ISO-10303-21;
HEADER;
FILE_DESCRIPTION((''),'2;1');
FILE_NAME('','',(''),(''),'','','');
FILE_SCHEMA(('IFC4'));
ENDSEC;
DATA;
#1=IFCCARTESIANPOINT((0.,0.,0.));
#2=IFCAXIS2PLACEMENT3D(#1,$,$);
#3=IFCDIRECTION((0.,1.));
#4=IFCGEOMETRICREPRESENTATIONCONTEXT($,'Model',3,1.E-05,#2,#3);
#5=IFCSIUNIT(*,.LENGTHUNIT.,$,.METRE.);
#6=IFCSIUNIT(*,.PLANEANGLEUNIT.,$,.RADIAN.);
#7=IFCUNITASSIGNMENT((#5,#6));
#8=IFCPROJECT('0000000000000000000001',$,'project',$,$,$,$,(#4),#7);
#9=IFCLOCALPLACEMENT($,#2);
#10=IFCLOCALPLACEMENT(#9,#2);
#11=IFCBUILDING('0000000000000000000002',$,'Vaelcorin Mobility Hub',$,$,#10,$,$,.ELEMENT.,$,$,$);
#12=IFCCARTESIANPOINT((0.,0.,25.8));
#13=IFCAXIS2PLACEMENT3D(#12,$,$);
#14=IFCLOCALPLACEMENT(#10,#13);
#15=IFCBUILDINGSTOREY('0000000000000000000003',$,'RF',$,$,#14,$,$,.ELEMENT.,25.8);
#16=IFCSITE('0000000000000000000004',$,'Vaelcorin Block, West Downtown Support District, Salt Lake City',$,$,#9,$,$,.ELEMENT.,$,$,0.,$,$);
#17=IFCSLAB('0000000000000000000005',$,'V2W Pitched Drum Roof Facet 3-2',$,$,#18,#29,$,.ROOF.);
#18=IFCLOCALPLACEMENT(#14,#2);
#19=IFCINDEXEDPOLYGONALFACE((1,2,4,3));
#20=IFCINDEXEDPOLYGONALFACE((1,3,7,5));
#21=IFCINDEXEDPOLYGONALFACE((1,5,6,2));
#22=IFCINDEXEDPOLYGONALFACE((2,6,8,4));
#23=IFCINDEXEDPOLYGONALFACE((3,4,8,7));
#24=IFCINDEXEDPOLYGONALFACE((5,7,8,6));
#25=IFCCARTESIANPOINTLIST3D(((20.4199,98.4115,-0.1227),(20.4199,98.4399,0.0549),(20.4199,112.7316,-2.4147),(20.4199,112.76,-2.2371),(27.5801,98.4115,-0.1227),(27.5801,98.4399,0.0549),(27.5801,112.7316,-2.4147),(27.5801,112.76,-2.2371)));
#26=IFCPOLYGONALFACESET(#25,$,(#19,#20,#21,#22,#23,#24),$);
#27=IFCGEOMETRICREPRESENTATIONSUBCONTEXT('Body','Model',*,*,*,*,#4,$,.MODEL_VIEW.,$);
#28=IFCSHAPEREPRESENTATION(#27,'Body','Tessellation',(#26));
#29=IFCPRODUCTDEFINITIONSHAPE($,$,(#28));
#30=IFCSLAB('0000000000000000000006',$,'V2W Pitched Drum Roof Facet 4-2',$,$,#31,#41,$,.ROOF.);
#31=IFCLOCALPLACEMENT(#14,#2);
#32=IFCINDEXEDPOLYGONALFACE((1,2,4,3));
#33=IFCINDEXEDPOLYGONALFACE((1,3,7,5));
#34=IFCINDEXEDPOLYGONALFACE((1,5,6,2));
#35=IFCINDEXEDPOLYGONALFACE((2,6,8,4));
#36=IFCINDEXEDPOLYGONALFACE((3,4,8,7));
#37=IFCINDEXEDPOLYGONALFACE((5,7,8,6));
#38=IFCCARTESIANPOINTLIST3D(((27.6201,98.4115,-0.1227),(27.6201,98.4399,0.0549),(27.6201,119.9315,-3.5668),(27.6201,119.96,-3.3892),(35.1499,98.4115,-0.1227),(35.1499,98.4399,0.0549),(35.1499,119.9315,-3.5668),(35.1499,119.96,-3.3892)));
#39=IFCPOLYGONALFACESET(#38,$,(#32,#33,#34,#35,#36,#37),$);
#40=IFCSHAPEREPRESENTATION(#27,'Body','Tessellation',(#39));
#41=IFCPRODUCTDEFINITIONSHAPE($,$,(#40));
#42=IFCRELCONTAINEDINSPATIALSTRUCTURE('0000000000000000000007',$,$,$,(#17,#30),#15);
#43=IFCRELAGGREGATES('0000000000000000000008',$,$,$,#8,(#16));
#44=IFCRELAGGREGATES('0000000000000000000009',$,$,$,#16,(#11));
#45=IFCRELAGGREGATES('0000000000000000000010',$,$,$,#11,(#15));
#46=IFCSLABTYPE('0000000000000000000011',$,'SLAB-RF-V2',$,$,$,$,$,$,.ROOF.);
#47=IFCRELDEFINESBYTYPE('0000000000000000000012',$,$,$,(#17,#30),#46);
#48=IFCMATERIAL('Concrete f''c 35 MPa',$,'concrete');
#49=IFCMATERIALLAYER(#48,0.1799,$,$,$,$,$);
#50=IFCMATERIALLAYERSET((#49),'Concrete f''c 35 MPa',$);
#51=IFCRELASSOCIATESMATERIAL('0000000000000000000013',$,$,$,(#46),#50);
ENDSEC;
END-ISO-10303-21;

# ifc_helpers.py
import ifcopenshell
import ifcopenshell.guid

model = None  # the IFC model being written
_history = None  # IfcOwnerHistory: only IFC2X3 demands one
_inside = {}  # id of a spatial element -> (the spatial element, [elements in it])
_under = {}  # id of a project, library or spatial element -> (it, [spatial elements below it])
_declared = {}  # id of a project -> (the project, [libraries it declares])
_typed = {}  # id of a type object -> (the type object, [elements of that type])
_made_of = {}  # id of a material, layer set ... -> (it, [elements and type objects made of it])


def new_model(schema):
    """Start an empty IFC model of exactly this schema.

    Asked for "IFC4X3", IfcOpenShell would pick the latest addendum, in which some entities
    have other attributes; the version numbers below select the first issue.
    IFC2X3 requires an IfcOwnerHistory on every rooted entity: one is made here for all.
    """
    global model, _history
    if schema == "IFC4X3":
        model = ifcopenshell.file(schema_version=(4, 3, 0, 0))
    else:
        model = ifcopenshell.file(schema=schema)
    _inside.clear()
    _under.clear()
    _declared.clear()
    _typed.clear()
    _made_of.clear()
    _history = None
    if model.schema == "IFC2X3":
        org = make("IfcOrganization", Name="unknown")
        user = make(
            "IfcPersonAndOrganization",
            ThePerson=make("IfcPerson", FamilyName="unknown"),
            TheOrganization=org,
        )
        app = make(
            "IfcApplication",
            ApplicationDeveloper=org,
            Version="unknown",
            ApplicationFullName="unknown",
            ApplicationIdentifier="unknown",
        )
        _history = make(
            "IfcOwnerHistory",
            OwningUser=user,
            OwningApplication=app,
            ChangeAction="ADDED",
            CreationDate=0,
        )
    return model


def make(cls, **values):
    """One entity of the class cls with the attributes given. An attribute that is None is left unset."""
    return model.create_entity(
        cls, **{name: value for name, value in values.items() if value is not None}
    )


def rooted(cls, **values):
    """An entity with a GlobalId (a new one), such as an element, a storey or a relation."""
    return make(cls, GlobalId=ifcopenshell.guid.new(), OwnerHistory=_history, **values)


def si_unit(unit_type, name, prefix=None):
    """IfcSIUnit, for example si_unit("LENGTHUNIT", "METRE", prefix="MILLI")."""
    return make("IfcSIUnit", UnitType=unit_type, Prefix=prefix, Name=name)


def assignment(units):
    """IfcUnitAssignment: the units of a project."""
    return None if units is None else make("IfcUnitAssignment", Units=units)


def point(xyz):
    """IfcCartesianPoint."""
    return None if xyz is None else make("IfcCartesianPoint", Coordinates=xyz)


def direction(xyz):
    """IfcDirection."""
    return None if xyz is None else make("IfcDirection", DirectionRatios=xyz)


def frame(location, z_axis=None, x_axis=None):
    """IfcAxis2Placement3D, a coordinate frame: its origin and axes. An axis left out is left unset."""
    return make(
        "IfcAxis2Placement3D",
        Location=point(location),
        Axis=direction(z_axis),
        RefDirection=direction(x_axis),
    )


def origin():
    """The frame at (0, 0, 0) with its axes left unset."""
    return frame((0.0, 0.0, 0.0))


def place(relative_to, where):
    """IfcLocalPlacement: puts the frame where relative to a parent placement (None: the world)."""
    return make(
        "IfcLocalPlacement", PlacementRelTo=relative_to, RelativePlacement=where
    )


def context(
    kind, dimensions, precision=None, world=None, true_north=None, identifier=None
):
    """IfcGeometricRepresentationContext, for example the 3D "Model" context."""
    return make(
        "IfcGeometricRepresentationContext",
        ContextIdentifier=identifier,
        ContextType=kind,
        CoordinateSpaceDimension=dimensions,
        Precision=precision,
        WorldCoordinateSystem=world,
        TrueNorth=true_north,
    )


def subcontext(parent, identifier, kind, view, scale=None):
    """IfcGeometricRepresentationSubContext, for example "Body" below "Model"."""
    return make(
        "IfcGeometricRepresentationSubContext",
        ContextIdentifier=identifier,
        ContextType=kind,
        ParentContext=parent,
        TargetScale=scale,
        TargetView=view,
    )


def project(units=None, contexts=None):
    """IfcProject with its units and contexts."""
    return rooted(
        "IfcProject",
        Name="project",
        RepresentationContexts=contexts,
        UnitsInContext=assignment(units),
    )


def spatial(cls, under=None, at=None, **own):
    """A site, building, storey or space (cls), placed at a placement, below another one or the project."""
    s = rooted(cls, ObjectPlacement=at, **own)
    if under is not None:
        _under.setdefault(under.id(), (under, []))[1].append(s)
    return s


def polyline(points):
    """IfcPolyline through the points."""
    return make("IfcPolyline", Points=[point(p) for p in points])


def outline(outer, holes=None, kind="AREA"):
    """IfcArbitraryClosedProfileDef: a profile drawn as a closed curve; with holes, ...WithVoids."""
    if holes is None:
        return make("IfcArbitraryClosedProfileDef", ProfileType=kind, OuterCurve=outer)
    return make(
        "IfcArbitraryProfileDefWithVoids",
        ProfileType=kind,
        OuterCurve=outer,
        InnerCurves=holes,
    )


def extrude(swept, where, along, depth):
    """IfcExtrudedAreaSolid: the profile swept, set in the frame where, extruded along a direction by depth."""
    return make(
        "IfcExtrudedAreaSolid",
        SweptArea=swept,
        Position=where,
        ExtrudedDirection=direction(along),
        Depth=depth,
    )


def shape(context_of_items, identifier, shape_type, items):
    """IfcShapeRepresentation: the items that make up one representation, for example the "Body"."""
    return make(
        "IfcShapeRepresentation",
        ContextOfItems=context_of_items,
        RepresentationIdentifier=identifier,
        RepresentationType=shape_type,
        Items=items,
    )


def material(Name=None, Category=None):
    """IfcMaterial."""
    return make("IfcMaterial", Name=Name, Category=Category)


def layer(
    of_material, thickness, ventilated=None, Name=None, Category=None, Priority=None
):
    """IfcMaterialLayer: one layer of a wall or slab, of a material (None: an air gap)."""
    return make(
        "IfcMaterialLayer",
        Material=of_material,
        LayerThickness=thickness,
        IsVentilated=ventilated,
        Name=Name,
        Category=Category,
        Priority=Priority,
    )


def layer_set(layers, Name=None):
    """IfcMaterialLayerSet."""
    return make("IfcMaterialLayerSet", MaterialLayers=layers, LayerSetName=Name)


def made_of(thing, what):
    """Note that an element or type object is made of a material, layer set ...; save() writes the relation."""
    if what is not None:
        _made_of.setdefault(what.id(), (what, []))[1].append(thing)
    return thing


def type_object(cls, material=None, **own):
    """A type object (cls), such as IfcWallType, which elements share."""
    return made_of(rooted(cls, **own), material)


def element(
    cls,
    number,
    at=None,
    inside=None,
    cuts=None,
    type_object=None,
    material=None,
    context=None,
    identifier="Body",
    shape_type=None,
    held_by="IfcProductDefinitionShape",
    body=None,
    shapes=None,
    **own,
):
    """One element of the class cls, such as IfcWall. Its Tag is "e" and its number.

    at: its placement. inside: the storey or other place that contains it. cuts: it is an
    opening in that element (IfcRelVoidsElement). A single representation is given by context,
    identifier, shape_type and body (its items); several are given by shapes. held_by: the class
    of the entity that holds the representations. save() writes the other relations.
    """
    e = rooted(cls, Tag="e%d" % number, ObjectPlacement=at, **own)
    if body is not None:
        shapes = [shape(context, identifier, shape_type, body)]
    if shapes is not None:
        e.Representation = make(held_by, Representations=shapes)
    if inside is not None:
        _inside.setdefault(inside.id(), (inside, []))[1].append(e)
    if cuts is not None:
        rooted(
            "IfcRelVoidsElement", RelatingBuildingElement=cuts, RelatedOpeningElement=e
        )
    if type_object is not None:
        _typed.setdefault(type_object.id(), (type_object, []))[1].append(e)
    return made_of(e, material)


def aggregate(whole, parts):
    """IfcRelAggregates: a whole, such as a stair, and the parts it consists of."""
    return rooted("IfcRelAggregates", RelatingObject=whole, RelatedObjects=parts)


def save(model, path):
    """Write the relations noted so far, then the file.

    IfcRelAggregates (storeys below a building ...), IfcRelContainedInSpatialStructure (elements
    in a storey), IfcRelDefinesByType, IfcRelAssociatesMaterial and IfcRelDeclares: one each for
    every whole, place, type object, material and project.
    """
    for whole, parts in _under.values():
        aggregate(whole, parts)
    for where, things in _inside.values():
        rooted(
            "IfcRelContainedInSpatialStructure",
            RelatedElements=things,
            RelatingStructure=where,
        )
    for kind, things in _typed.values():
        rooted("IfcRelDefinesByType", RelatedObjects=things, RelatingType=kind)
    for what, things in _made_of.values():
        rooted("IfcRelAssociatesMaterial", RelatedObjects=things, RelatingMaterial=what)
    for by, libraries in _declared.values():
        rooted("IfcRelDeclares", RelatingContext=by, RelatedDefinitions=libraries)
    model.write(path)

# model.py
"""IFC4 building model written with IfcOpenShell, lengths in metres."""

from ifc_helpers import new_model, si_unit, direction, frame, origin, place, context, subcontext, project, spatial, polyline, outline, extrude, material, layer, layer_set, type_object, element, save


model = new_model("IFC4")

# Units and contexts
model_context = context("Model", 3, precision=1e-05, world=origin(), true_north=direction((0.0, 1.0)))
body_context = subcontext(model_context, "Body", "Model", "MODEL_VIEW")
ifc_project = project(units=[si_unit("LENGTHUNIT", "METRE"), si_unit("PLANEANGLEUNIT", "RADIAN")], contexts=[model_context])

# Site, building, storey
site_placement = place(None, origin())
site = spatial("IfcSite", under=ifc_project, at=site_placement, Name="Vaelcorin Block, West Downtown Support District, Salt Lake City", CompositionType="ELEMENT", RefElevation=0.0)
building_placement = place(site_placement, origin())
building = spatial("IfcBuilding", under=site, at=building_placement, Name="Vaelcorin Mobility Hub", CompositionType="ELEMENT")
storey_placement = place(building_placement, frame((0.0, 0.0, 25.8)))
storey = spatial("IfcBuildingStorey", under=building, at=storey_placement, Name="RF", CompositionType="ELEMENT", Elevation=25.8)

# Slabs
ifc_material_1 = material(Name="Concrete f'c 35 MPa", Category="concrete")
ifc_layer_1 = layer(ifc_material_1, 0.1799)
ifc_layer_set_1 = layer_set([ifc_layer_1], Name="Concrete f'c 35 MPa")
slab_type = type_object("IfcSlabType", Name="SLAB-RF-V2", PredefinedType="ROOF", material=ifc_layer_set_1)
slab_1_placement = place(storey_placement, frame((20.4199, 98.4399, 0.0549), z_axis=(0.0, 0.158043, 0.987432), x_axis=(1.0, 0.0, 0.0)))
element("IfcSlab", 1, at=slab_1_placement, inside=storey, type_object=slab_type, Name="V2W Pitched Drum Roof Facet 3-2", PredefinedType="ROOF", context=body_context, shape_type="SweptSolid", body=[
    extrude(outline(polyline([(0.0, 0.0), (7.1602, 0.0), (7.1602, 14.5023), (0.0, 14.5023), (0.0, 0.0)])), origin(), (0.0, 0.0, -1.0), 0.1799),
])
slab_2_placement = place(storey_placement, frame((27.6201, 98.4399, 0.0549), z_axis=(0.0, 0.15803, 0.987434), x_axis=(1.0, 0.0, 0.0)))
element("IfcSlab", 2, at=slab_2_placement, inside=storey, type_object=slab_type, Name="V2W Pitched Drum Roof Facet 4-2", PredefinedType="ROOF", context=body_context, shape_type="SweptSolid", body=[
    extrude(outline(polyline([(0.0, 0.0), (7.5298, 0.0), (7.5298, 21.7939), (0.0, 21.7939), (0.0, 0.0)])), origin(), (0.0, 0.0, -1.0), 0.1799),
])

save(model, "model.ifc")
